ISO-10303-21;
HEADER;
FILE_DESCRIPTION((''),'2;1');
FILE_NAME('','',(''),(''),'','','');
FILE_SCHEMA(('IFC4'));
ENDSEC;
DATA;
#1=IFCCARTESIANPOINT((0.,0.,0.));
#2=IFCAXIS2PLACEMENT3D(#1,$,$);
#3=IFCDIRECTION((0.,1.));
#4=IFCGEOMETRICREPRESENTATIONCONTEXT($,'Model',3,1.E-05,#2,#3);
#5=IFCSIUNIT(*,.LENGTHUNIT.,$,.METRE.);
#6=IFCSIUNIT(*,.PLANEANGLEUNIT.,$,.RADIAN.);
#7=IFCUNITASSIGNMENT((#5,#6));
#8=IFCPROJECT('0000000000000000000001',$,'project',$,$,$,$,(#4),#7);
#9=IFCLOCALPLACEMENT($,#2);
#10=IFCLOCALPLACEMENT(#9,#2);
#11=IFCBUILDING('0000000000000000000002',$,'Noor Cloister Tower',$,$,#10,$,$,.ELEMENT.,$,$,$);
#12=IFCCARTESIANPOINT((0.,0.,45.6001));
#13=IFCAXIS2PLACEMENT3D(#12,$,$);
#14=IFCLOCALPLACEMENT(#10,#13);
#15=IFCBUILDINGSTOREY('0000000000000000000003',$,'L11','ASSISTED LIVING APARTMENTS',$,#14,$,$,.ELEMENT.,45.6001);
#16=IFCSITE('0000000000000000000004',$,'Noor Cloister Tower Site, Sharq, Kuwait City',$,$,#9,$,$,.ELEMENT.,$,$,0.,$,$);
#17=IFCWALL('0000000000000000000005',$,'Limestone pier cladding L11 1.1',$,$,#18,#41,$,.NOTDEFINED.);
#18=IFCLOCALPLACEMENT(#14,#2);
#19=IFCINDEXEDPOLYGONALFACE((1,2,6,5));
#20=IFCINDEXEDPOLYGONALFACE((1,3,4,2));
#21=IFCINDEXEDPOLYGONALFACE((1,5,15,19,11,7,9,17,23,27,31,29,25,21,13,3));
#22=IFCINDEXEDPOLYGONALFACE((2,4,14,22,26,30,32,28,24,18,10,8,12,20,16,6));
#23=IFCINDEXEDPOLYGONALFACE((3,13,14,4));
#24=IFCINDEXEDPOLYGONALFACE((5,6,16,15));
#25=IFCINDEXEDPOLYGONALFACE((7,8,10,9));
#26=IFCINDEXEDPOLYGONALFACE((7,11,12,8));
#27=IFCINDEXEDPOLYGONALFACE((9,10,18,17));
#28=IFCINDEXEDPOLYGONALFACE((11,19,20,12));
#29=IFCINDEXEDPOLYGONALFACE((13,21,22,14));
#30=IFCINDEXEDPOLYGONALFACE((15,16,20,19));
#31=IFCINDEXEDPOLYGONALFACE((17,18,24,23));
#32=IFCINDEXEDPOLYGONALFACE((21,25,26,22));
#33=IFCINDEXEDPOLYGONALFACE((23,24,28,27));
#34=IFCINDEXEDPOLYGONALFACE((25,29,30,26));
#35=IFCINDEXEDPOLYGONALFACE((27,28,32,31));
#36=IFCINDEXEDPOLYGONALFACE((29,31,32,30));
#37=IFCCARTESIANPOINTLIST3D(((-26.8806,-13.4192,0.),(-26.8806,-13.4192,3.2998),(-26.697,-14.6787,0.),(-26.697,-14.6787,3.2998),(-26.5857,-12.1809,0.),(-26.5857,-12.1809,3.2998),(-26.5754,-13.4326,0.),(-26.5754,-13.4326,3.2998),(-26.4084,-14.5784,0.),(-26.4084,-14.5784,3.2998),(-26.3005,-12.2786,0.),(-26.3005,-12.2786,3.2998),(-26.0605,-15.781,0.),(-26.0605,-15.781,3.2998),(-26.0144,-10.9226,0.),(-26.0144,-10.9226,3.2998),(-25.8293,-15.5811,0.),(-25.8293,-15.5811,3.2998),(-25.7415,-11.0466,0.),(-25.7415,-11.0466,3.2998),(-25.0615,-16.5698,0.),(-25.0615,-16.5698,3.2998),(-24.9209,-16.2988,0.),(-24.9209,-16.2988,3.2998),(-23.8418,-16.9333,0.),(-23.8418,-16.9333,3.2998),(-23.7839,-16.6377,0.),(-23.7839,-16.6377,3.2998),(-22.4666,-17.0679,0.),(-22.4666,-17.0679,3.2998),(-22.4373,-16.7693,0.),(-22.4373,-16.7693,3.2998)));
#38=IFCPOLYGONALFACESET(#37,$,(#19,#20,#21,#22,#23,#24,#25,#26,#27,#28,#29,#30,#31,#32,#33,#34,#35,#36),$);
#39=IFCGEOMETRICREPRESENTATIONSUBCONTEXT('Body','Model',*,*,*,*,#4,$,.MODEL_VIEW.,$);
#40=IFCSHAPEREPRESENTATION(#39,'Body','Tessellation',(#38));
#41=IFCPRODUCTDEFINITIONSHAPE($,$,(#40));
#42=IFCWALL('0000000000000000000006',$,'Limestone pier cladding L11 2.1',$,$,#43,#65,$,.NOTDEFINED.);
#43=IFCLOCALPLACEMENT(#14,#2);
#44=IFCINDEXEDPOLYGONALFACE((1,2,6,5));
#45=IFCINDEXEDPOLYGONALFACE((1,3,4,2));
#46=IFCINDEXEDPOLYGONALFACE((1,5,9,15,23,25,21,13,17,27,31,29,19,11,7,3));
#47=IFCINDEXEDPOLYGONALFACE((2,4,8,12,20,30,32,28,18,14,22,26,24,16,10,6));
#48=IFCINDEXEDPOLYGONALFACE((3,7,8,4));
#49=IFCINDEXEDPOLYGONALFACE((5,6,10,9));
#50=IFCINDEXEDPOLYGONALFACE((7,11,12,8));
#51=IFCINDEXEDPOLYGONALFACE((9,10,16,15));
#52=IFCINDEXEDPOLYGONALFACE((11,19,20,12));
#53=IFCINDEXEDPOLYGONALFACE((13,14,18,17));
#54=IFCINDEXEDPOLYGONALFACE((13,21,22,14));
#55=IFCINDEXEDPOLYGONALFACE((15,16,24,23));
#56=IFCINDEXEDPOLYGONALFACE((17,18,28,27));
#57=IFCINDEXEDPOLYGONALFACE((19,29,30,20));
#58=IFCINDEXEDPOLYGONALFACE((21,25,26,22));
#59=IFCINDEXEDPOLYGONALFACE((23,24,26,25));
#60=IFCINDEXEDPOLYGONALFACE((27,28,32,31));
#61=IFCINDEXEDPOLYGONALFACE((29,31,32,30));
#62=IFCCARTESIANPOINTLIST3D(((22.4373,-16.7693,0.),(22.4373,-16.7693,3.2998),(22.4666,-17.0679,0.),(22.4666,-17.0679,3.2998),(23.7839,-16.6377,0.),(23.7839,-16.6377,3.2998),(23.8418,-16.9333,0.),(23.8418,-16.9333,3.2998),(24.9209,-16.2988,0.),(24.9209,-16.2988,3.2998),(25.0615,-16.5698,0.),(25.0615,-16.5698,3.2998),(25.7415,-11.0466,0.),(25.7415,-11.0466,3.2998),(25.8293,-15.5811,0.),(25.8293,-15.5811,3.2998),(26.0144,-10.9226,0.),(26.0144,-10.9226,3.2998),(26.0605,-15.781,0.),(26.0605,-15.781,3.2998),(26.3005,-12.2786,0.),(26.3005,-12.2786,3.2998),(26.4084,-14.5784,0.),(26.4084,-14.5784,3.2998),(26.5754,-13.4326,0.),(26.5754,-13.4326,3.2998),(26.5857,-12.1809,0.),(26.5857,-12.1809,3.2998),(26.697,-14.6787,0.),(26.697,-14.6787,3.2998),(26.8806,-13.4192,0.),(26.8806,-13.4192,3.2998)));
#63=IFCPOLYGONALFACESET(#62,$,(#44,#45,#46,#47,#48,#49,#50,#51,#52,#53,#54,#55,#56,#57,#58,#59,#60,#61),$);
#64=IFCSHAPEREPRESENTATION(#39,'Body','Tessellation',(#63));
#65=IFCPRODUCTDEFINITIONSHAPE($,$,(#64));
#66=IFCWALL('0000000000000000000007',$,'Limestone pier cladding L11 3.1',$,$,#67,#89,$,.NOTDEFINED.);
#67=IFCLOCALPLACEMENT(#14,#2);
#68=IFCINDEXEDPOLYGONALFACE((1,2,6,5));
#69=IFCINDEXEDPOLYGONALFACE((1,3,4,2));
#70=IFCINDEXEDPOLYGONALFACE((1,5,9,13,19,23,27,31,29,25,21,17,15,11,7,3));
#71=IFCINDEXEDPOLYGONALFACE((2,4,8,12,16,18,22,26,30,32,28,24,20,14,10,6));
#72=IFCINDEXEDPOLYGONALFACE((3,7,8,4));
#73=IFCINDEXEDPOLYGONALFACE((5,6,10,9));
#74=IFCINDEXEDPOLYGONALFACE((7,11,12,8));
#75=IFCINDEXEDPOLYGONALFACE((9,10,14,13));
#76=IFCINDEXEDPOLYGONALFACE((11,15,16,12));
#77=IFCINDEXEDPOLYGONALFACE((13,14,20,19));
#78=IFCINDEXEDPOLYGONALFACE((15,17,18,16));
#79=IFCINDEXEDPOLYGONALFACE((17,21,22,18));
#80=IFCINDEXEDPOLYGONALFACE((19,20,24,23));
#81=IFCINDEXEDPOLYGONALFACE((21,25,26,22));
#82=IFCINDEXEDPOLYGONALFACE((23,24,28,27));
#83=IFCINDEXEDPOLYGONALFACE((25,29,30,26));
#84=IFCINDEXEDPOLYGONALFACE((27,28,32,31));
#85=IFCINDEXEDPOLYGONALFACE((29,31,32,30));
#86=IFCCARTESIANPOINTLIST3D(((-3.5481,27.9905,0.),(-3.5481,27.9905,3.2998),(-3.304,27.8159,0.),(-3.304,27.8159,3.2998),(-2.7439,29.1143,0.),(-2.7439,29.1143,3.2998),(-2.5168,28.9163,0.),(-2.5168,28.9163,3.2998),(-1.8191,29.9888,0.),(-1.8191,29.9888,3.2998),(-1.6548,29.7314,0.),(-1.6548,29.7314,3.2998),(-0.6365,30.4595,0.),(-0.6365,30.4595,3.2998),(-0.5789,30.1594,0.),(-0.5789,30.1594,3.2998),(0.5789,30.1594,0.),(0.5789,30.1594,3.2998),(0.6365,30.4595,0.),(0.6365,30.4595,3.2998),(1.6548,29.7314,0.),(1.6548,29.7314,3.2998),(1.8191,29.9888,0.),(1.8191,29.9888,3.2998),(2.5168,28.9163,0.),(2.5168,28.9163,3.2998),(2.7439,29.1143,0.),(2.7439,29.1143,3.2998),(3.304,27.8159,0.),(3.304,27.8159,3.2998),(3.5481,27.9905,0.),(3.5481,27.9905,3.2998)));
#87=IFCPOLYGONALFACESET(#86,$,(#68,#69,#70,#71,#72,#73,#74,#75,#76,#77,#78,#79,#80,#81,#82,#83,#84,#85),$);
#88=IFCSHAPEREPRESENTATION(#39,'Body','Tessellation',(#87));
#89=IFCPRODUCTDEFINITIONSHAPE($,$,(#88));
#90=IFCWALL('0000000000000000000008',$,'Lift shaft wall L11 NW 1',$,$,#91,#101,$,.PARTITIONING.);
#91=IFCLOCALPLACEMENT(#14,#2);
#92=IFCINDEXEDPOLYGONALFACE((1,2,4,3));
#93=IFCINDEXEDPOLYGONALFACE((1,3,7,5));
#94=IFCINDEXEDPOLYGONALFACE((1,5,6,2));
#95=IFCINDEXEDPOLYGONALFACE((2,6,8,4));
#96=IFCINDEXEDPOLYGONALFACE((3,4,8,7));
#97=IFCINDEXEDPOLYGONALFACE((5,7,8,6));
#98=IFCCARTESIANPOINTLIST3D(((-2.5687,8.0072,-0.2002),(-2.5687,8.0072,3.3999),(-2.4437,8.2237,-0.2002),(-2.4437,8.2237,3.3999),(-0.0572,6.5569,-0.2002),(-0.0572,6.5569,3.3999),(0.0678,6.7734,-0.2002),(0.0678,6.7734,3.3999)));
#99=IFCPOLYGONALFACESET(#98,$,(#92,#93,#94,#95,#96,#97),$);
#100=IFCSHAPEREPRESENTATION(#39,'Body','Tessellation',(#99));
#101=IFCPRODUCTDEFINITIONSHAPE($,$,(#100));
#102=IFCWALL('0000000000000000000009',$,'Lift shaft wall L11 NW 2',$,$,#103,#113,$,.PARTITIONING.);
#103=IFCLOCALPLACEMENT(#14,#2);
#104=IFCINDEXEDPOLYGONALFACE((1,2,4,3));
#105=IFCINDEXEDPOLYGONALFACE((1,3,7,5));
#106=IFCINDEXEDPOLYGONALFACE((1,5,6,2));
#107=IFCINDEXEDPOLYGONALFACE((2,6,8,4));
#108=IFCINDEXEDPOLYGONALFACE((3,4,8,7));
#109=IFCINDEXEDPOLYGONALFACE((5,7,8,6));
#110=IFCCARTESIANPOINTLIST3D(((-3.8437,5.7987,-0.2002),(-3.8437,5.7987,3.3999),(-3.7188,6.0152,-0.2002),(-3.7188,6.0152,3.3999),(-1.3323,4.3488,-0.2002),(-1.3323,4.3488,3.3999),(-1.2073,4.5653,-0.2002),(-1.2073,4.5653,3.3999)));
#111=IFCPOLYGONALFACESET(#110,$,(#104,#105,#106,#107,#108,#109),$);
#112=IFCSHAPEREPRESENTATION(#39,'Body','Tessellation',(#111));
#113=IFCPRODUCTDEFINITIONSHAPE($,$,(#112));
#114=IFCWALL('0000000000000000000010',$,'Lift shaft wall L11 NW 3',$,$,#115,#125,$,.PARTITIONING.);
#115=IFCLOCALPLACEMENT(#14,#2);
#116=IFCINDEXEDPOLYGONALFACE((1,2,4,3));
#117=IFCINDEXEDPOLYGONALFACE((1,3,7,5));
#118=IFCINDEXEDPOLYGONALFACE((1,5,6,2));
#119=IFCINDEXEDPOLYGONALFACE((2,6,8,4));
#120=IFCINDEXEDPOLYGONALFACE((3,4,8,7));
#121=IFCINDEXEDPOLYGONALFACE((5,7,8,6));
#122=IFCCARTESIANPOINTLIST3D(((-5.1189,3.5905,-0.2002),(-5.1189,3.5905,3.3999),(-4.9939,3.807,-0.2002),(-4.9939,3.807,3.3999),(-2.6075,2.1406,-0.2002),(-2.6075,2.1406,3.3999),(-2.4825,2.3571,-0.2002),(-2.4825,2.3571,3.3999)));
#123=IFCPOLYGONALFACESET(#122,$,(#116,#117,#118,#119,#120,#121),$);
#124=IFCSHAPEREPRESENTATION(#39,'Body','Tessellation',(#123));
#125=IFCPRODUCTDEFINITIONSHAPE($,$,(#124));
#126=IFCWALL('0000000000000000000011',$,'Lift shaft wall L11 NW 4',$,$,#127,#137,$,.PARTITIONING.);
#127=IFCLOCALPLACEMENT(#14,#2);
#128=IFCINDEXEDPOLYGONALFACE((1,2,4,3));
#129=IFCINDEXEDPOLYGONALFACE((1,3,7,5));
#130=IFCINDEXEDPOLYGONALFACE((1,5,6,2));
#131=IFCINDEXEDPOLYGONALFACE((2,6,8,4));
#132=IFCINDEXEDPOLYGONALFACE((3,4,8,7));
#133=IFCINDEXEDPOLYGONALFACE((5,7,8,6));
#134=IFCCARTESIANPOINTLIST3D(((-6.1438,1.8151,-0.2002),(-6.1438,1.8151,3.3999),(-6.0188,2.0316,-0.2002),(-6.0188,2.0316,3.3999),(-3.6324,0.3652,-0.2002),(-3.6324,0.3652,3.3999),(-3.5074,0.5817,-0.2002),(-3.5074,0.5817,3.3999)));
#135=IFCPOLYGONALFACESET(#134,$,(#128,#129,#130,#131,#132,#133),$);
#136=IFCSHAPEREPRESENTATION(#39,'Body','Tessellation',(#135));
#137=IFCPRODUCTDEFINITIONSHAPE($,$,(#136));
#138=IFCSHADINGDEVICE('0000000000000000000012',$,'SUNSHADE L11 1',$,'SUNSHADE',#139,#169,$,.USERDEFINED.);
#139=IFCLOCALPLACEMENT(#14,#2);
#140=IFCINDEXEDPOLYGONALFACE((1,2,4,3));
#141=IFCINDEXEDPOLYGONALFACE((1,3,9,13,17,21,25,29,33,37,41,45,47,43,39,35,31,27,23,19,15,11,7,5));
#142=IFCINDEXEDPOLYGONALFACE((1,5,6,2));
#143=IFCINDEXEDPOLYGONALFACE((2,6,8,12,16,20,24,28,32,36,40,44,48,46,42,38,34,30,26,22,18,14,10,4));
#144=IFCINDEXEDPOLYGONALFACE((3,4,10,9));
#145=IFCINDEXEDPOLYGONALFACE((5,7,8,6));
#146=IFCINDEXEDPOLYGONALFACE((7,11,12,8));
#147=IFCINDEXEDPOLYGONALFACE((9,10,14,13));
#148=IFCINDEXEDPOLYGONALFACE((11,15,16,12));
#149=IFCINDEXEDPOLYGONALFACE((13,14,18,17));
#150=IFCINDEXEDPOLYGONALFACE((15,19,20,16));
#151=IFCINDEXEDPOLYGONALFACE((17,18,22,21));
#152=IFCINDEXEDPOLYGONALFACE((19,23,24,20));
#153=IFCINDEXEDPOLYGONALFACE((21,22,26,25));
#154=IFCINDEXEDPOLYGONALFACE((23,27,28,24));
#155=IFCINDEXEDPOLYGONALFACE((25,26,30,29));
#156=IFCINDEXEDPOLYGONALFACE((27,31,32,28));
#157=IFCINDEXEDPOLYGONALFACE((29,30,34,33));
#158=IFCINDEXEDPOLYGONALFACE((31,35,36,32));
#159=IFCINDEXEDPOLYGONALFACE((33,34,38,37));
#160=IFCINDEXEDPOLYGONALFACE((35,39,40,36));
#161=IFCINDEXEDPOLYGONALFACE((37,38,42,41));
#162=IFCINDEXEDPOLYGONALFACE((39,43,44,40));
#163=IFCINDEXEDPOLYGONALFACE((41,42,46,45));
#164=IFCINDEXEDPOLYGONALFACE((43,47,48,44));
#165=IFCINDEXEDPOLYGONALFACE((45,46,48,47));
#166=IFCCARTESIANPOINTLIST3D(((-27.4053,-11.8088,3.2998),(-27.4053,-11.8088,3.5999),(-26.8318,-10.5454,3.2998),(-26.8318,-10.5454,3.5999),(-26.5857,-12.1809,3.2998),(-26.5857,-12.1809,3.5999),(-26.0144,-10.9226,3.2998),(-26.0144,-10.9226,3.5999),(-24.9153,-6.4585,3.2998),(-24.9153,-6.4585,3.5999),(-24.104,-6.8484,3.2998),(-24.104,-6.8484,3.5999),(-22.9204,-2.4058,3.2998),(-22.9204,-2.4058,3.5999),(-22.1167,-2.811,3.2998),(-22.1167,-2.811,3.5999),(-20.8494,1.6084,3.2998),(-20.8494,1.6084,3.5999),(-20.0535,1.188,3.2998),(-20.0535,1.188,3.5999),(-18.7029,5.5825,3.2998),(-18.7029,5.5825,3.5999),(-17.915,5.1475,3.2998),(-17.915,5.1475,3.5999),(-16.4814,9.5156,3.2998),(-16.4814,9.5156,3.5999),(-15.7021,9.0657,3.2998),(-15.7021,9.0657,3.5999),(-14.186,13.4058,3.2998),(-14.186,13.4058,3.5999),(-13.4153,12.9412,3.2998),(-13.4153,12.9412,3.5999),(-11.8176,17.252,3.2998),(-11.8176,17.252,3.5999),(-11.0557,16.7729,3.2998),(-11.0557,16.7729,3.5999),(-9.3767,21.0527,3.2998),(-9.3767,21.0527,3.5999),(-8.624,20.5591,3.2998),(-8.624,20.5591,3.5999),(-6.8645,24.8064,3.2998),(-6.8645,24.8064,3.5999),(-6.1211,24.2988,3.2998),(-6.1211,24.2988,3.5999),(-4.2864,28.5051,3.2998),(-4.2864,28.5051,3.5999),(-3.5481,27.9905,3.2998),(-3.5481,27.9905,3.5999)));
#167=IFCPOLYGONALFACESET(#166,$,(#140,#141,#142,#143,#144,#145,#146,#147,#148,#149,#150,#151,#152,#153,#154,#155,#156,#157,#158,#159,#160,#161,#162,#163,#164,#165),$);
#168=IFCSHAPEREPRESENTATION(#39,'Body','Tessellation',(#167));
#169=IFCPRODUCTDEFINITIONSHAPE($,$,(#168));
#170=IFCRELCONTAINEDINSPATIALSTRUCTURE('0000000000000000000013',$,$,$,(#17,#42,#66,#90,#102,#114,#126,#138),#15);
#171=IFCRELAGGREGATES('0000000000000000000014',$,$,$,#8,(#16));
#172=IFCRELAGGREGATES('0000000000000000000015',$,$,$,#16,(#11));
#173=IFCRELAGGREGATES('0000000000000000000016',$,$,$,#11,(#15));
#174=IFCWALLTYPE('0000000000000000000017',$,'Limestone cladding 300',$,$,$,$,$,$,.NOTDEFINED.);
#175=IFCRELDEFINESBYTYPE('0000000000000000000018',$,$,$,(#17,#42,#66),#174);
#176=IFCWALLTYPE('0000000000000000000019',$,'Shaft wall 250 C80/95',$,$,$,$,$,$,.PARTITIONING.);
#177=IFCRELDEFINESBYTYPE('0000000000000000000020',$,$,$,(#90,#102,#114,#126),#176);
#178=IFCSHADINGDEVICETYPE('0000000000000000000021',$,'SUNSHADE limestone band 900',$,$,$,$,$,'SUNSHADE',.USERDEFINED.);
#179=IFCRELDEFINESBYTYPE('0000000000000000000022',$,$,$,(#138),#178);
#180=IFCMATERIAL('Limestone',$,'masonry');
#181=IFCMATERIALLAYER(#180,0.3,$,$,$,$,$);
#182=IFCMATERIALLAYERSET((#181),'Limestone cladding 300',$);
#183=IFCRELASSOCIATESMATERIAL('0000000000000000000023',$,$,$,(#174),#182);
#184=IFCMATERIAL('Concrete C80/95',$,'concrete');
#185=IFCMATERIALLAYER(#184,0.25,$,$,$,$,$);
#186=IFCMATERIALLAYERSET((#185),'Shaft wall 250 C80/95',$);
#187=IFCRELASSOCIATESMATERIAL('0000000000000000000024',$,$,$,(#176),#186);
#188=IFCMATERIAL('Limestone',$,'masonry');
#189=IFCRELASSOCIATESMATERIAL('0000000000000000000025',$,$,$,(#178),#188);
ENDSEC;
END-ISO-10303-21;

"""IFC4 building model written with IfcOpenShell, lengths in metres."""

from ifc_helpers import new_model, si_unit, direction, frame, frame_2d, origin, place, context, subcontext, project, spatial, polyline, rectangle, outline, extrude, material, layer, layer_set, type_object, element, save


model = new_model("IFC4")

# Units and contexts
model_context = context("Model", 3, precision=1e-05, world=origin(), true_north=direction((0.0, 1.0)))
body_context = subcontext(model_context, "Body", "Model", "MODEL_VIEW")
ifc_project = project(units=[si_unit("LENGTHUNIT", "METRE"), si_unit("PLANEANGLEUNIT", "RADIAN")], contexts=[model_context])

# Site, building, storey
site_placement = place(None, origin())
site = spatial("IfcSite", under=ifc_project, at=site_placement, Name="Noor Cloister Tower Site, Sharq, Kuwait City", CompositionType="ELEMENT", RefElevation=0.0)
building_placement = place(site_placement, origin())
building = spatial("IfcBuilding", under=site, at=building_placement, Name="Noor Cloister Tower", CompositionType="ELEMENT")
storey_placement = place(building_placement, frame((0.0, 0.0, 45.6001)))
storey = spatial("IfcBuildingStorey", under=building, at=storey_placement, Name="L11", Description="ASSISTED LIVING APARTMENTS", CompositionType="ELEMENT", Elevation=45.6001)

# Walls
ifc_material_1 = material(Name="Limestone", Category="masonry")
ifc_layer_1 = layer(ifc_material_1, 0.3)
ifc_layer_set_1 = layer_set([ifc_layer_1], Name="Limestone cladding 300")
wall_type_1 = type_object("IfcWallType", Name="Limestone cladding 300", PredefinedType="NOTDEFINED", material=ifc_layer_set_1)
wall_1_placement = place(storey_placement, origin())
element("IfcWall", 1, at=wall_1_placement, inside=storey, type_object=wall_type_1, Name="Limestone pier cladding L11 1.1", PredefinedType="NOTDEFINED", context=body_context, shape_type="SweptSolid", body=[
    extrude(outline(polyline([(-26.0144, -10.9226), (-26.5857, -12.1809), (-26.8806, -13.4192), (-26.697, -14.6787), (-26.0605, -15.781), (-25.0615, -16.5698), (-23.8418, -16.9333), (-22.4666, -17.0679), (-22.4373, -16.7693), (-23.7839, -16.6377), (-24.9209, -16.2988), (-25.8293, -15.5811), (-26.4084, -14.5784), (-26.5754, -13.4326), (-26.3005, -12.2786), (-25.7415, -11.0466), (-26.0144, -10.9226)])), origin(), (0.0, 0.0, 1.0), 3.2998),
])
wall_2_placement = place(storey_placement, origin())
element("IfcWall", 2, at=wall_2_placement, inside=storey, type_object=wall_type_1, Name="Limestone pier cladding L11 2.1", PredefinedType="NOTDEFINED", context=body_context, shape_type="SweptSolid", body=[
    extrude(outline(polyline([(22.4666, -17.0679), (23.8418, -16.9333), (25.0615, -16.5698), (26.0605, -15.781), (26.697, -14.6787), (26.8806, -13.4192), (26.5857, -12.1809), (26.0144, -10.9226), (25.7415, -11.0466), (26.3005, -12.2786), (26.5754, -13.4326), (26.4084, -14.5784), (25.8293, -15.5811), (24.9209, -16.2988), (23.7839, -16.6377), (22.4373, -16.7693), (22.4666, -17.0679)])), origin(), (0.0, 0.0, 1.0), 3.2998),
])
wall_3_placement = place(storey_placement, origin())
element("IfcWall", 3, at=wall_3_placement, inside=storey, type_object=wall_type_1, Name="Limestone pier cladding L11 3.1", PredefinedType="NOTDEFINED", context=body_context, shape_type="SweptSolid", body=[
    extrude(outline(polyline([(3.5481, 27.9905), (2.7439, 29.1143), (1.8191, 29.9888), (0.6365, 30.4595), (-0.6365, 30.4595), (-1.8191, 29.9888), (-2.7439, 29.1143), (-3.5481, 27.9905), (-3.304, 27.8159), (-2.5168, 28.9163), (-1.6548, 29.7314), (-0.5789, 30.1594), (0.5789, 30.1594), (1.6548, 29.7314), (2.5168, 28.9163), (3.304, 27.8159), (3.5481, 27.9905)])), origin(), (0.0, 0.0, 1.0), 3.2998),
])
ifc_material_2 = material(Name="Concrete C80/95", Category="concrete")
ifc_layer_2 = layer(ifc_material_2, 0.25)
ifc_layer_set_2 = layer_set([ifc_layer_2], Name="Shaft wall 250 C80/95")
wall_type_2 = type_object("IfcWallType", Name="Shaft wall 250 C80/95", PredefinedType="PARTITIONING", material=ifc_layer_set_2)
wall_4_placement = place(storey_placement, frame((-2.5063, 8.1155, -0.2002), z_axis=(0.0, 0.0, 1.0), x_axis=(0.865996, -0.50005, 0.0)))
element("IfcWall", 4, at=wall_4_placement, inside=storey, type_object=wall_type_2, Name="Lift shaft wall L11 NW 1", PredefinedType="PARTITIONING", context=body_context, shape_type="SweptSolid", body=[
    extrude(rectangle(XDim=2.9001, YDim=0.25, at=frame_2d((1.4502, 0.0))), origin(), (0.0, 0.0, 1.0), 3.6001),
])
for number, where, z_axis, x_axis, name in (
    (5, (-3.7812, 5.907, -0.2002), (0.0, 0.0, 1.0), (0.866033, -0.499987, 0.0), "Lift shaft wall L11 NW 2"),
    (6, (-5.0564, 3.6987, -0.2002), (0.0, 0.0, 1.0), (0.866033, -0.499987, 0.0), "Lift shaft wall L11 NW 3"),
    (7, (-6.0813, 1.9233, -0.2002), (0.0, 0.0, 1.0), (0.866033, -0.499987, 0.0), "Lift shaft wall L11 NW 4"),
):
    element("IfcWall", number, at=place(storey_placement, frame(where, z_axis=z_axis, x_axis=x_axis)), inside=storey, type_object=wall_type_2, Name=name, PredefinedType="PARTITIONING", context=body_context, shape_type="SweptSolid", body=[
        extrude(rectangle(XDim=2.8999, YDim=0.25, at=frame_2d((1.45, 0.0))), origin(), (0.0, 0.0, 1.0), 3.6001),
    ])

# Shading device
ifc_material_3 = material(Name="Limestone", Category="masonry")
shading_device_type = type_object("IfcShadingDeviceType", Name="SUNSHADE limestone band 900", ElementType="SUNSHADE", PredefinedType="USERDEFINED", material=ifc_material_3)
shading_device_placement = place(storey_placement, frame((0.0, 0.0, 3.2998)))
element("IfcShadingDevice", 8, at=shading_device_placement, inside=storey, type_object=shading_device_type, Name="SUNSHADE L11 1", ObjectType="SUNSHADE", PredefinedType="USERDEFINED", context=body_context, shape_type="SweptSolid", body=[
    extrude(outline(polyline([(-4.2864, 28.5051), (-6.8645, 24.8064), (-9.3767, 21.0527), (-11.8176, 17.252), (-14.186, 13.4058), (-16.4814, 9.5156), (-18.7029, 5.5825), (-20.8494, 1.6084), (-22.9204, -2.4058), (-24.9153, -6.4585), (-26.8318, -10.5454), (-27.4053, -11.8088), (-26.5857, -12.1809), (-26.0144, -10.9226), (-24.104, -6.8484), (-22.1167, -2.811), (-20.0535, 1.188), (-17.915, 5.1475), (-15.7021, 9.0657), (-13.4153, 12.9412), (-11.0557, 16.7729), (-8.624, 20.5591), (-6.1211, 24.2988), (-3.5481, 27.9905), (-4.2864, 28.5051)])), origin(), (0.0, 0.0, 1.0), 0.3),
])

save(model, "model.ifc")
